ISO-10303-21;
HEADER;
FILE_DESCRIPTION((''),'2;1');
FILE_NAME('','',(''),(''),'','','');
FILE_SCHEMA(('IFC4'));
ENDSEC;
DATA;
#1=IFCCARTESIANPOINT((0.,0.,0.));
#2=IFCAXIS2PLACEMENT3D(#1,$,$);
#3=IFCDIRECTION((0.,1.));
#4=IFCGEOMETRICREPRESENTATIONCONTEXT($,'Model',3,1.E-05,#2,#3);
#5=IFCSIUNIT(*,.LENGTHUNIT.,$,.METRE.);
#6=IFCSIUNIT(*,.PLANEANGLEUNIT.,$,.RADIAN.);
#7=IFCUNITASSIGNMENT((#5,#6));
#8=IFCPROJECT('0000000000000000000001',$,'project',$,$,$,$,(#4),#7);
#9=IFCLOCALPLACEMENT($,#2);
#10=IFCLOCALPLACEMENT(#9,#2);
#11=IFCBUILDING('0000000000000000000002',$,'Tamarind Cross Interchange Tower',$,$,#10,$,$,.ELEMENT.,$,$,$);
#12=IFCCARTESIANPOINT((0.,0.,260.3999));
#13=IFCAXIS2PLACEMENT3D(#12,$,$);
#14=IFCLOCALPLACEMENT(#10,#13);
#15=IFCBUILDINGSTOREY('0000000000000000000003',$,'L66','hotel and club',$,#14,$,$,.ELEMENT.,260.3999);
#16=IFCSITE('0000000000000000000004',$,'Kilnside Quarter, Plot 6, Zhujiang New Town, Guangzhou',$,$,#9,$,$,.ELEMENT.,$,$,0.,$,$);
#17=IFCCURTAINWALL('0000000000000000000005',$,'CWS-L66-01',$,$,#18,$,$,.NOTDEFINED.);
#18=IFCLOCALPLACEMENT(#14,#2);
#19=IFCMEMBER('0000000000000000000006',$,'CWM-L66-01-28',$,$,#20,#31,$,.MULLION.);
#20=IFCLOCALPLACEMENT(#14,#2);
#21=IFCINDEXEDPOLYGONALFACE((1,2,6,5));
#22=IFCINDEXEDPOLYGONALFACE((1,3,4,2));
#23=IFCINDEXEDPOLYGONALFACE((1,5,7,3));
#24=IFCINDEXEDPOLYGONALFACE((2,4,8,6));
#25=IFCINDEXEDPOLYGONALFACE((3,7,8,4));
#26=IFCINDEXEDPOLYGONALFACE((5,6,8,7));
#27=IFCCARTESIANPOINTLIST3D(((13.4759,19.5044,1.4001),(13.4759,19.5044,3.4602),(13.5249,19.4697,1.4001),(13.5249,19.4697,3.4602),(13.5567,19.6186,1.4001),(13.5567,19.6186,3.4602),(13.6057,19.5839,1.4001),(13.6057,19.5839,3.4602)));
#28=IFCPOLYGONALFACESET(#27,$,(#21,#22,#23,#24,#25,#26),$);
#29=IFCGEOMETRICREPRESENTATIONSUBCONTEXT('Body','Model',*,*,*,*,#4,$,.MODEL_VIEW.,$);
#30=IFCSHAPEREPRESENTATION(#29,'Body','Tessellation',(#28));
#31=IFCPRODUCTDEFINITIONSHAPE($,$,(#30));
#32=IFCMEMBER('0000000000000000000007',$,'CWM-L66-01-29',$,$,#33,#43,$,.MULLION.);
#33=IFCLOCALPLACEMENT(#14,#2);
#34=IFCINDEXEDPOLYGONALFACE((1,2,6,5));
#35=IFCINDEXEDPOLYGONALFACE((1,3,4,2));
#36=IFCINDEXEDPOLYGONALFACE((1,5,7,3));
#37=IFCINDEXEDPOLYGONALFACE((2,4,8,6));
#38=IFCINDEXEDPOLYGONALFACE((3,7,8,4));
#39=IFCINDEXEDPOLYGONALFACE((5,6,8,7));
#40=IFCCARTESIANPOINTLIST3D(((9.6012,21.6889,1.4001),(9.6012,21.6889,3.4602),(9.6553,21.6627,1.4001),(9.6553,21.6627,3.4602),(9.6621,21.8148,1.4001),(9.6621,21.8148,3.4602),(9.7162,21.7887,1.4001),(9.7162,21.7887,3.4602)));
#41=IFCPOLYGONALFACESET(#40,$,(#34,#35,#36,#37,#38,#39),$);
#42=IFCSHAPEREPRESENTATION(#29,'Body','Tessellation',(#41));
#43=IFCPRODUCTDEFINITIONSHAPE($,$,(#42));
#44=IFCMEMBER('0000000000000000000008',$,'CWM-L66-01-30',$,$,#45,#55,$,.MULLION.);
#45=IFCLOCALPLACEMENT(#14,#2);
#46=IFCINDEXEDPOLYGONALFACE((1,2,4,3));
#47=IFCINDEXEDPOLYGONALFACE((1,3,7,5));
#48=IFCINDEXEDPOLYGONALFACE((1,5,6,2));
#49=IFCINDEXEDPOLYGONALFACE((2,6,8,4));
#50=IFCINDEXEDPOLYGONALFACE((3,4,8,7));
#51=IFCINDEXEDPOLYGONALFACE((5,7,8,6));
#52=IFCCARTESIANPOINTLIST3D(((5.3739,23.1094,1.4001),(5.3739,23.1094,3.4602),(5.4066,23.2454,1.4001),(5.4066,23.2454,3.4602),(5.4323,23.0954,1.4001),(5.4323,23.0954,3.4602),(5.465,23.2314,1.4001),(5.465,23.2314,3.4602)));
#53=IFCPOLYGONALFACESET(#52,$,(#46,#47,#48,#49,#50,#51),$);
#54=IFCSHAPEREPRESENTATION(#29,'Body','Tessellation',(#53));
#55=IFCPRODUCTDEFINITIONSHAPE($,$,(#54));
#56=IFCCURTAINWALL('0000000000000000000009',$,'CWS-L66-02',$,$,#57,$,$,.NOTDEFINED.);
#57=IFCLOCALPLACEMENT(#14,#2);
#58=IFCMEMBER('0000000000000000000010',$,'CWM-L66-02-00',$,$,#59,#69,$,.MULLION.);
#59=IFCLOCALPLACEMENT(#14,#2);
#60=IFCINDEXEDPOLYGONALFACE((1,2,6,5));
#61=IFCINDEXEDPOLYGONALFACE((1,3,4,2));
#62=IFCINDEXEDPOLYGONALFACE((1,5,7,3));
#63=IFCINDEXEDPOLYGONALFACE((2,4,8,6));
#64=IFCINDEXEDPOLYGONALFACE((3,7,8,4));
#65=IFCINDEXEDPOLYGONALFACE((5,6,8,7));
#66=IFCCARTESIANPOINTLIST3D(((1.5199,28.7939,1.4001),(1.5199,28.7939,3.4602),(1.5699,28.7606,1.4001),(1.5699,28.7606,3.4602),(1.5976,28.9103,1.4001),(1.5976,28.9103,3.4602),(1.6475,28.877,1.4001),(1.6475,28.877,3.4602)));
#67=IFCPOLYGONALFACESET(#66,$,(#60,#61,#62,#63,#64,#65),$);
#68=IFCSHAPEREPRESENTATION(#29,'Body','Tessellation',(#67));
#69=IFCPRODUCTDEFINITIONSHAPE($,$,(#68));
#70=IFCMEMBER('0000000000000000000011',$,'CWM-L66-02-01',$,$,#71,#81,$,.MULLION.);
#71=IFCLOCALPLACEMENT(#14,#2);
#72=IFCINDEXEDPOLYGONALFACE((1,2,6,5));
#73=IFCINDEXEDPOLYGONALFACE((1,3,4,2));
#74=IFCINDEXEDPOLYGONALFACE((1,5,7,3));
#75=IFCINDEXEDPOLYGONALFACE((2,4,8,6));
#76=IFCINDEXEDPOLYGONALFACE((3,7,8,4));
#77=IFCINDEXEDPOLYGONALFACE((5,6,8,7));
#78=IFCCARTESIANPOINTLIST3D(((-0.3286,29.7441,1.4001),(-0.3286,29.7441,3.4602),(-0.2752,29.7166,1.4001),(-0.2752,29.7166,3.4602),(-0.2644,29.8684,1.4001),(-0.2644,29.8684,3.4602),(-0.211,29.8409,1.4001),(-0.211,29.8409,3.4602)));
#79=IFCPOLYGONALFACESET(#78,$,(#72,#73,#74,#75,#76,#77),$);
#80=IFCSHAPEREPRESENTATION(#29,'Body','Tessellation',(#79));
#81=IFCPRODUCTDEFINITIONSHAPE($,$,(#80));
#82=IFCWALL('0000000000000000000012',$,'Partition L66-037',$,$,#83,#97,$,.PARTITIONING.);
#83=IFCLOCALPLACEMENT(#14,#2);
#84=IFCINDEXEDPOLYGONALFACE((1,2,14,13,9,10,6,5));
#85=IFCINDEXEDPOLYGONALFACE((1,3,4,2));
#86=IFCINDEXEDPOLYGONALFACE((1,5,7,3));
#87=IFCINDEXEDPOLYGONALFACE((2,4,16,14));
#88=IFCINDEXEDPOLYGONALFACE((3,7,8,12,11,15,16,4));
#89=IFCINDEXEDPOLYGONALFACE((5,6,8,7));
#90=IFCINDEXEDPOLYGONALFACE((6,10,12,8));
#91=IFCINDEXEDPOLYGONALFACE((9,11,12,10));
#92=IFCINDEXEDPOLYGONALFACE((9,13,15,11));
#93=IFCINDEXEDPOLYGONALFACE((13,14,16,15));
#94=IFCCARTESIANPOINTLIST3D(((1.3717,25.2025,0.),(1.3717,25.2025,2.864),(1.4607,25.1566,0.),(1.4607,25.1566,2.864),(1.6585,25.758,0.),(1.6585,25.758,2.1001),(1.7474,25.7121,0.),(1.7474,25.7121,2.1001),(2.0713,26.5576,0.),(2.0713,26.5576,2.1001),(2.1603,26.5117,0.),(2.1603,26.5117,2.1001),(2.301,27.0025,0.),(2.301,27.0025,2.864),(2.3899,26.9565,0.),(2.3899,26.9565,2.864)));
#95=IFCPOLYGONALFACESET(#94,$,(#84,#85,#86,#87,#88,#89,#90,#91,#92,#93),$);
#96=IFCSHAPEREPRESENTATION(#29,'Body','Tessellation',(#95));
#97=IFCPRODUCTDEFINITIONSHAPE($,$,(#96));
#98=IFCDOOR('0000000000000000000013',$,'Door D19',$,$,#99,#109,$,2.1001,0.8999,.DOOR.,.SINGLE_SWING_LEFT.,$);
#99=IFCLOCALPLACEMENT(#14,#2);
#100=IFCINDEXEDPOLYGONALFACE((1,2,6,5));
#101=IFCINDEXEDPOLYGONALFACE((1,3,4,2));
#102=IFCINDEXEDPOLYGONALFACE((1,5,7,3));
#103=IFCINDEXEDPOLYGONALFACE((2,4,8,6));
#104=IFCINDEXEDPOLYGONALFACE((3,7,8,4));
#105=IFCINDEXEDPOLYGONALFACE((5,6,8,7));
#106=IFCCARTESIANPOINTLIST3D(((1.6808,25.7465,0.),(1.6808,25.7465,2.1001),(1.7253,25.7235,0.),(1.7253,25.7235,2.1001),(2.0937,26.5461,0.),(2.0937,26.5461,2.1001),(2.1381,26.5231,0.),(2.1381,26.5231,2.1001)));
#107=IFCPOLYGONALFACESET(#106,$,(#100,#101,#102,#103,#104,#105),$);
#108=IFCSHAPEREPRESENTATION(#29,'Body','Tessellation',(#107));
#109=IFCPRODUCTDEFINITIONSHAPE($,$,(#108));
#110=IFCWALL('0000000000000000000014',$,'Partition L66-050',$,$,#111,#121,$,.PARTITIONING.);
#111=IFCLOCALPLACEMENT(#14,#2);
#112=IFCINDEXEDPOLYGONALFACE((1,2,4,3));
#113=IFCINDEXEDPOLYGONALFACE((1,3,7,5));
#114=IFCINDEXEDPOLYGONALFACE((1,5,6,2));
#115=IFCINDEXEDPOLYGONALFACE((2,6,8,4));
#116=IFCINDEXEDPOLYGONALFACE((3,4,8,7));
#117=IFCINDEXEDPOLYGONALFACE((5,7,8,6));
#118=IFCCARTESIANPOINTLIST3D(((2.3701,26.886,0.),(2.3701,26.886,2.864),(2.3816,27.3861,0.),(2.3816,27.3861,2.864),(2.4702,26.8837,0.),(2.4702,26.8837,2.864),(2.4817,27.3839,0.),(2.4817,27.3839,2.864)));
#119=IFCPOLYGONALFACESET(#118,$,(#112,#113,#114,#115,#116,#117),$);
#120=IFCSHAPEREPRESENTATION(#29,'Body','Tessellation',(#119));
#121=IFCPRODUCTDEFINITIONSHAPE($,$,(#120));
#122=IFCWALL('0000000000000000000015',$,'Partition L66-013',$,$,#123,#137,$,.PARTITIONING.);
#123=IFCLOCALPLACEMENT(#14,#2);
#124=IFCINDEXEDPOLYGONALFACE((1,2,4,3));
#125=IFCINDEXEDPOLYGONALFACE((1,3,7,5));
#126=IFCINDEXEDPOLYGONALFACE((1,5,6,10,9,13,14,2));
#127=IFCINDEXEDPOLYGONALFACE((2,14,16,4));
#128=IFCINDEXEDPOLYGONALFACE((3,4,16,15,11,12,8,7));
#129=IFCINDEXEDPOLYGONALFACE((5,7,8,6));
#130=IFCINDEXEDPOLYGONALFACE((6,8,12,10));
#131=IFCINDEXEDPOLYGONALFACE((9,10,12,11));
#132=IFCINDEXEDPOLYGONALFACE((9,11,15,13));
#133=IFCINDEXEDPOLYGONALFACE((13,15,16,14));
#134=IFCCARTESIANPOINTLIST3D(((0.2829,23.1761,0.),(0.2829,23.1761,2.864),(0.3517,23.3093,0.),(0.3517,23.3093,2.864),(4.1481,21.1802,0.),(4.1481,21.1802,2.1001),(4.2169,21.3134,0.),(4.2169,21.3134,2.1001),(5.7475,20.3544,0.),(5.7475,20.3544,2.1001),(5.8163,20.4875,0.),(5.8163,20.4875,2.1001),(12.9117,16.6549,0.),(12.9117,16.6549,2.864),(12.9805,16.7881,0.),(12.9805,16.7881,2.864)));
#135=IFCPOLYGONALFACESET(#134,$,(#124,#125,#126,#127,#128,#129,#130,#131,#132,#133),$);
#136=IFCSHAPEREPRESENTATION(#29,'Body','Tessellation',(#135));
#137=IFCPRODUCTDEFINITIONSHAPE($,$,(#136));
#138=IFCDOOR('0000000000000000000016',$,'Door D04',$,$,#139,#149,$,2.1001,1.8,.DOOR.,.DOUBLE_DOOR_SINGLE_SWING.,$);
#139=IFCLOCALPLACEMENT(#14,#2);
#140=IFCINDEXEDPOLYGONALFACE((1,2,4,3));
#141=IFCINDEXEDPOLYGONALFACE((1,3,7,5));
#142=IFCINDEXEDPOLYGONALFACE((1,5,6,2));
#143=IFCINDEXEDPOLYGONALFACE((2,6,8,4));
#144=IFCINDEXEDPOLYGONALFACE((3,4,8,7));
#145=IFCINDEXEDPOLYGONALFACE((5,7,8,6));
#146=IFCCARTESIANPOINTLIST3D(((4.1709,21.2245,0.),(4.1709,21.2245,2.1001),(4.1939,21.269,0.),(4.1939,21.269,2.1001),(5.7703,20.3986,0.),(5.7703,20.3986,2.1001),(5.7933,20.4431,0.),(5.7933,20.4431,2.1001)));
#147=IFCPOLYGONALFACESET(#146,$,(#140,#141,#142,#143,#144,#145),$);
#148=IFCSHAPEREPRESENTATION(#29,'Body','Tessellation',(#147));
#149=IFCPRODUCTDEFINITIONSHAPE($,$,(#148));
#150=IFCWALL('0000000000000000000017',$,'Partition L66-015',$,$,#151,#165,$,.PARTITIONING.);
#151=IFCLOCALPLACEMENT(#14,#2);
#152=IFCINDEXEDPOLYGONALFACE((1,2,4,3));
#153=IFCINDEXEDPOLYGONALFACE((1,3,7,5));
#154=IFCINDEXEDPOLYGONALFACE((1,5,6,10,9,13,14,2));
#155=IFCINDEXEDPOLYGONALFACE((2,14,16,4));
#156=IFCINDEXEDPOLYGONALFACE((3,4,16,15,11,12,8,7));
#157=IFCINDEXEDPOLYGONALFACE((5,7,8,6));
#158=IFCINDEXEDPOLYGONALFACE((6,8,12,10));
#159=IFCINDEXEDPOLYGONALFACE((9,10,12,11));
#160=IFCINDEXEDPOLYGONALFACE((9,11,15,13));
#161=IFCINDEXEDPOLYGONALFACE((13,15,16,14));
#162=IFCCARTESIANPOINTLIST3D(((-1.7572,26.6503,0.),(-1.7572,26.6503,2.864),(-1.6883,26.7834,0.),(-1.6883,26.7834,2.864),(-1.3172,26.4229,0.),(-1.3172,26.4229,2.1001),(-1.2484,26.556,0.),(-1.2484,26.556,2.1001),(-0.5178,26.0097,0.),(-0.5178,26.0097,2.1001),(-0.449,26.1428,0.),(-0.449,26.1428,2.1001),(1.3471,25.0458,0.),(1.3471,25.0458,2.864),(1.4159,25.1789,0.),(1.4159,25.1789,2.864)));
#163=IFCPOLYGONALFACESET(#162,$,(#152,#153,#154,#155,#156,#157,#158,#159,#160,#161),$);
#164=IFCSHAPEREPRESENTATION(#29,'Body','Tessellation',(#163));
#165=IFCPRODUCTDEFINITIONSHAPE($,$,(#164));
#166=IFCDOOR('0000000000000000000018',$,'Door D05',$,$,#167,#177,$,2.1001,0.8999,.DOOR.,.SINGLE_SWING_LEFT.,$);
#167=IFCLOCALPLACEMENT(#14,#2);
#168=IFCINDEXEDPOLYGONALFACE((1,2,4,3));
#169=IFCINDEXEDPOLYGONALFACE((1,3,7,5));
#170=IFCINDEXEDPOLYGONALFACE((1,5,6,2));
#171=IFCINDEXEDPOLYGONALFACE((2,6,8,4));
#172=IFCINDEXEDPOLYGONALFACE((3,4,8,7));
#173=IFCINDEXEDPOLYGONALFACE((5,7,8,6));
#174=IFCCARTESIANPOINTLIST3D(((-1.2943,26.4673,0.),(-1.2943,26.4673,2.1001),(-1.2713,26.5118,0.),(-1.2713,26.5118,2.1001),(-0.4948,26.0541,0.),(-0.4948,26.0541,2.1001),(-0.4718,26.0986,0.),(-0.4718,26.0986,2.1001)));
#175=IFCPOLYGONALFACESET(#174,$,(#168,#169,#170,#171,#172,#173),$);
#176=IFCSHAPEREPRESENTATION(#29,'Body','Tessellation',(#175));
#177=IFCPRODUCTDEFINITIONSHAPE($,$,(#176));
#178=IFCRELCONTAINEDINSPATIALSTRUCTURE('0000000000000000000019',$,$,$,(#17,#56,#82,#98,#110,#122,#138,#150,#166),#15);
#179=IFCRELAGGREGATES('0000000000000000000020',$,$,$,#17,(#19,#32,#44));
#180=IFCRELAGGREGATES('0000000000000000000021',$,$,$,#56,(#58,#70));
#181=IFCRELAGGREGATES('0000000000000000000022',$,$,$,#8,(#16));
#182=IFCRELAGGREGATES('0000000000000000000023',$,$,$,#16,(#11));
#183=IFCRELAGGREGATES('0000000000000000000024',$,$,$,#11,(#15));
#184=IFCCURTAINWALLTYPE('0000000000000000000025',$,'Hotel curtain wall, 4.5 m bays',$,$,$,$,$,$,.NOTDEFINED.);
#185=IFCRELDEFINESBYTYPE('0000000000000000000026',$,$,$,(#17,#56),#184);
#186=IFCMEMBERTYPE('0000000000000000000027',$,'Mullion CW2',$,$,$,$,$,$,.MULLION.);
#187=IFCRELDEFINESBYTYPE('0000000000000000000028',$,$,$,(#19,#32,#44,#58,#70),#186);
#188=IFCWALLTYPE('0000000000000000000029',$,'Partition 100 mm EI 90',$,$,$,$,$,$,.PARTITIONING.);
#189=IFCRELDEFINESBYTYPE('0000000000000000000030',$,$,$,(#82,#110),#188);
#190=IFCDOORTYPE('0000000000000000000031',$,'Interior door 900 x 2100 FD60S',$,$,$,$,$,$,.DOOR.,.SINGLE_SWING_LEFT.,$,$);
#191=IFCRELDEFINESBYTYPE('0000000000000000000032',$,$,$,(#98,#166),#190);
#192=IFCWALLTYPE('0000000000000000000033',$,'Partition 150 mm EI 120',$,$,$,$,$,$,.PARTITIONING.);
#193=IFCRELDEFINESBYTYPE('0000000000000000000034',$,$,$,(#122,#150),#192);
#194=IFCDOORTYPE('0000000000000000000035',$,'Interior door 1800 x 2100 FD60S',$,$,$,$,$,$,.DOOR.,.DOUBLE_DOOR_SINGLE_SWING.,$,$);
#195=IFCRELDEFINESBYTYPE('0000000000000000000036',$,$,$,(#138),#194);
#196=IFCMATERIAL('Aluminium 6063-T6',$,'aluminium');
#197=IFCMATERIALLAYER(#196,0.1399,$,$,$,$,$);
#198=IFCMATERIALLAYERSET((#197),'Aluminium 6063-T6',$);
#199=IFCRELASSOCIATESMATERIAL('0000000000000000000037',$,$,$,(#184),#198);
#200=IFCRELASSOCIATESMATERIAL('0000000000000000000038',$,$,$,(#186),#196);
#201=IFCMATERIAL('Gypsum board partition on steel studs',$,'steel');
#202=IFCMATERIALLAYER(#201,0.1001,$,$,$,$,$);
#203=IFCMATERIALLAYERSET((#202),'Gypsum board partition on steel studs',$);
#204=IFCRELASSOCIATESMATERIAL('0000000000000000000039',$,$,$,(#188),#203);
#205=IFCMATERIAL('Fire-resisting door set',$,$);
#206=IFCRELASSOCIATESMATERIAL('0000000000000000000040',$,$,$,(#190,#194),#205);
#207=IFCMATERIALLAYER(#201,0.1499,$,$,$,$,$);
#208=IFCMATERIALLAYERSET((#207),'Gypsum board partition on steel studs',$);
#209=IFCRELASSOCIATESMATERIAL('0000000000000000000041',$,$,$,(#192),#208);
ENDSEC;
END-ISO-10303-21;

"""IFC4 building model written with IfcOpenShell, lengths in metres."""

from ifc_helpers import new_model, si_unit, direction, frame, frame_2d, origin, origin_2d, place, context, subcontext, project, spatial, rectangle, extrude, material, layer, layer_set, material_profile, profile_set, type_object, element, fill, aggregate, save


model = new_model("IFC4")

# Units and contexts
model_context = context("Model", 3, precision=1e-05, world=origin(), true_north=direction((0.0, 1.0)))
body_context = subcontext(model_context, "Body", "Model", "MODEL_VIEW")
ifc_project = project(units=[si_unit("LENGTHUNIT", "METRE"), si_unit("PLANEANGLEUNIT", "RADIAN")], contexts=[model_context])

# Site, building, storey
site_placement = place(None, origin())
site = spatial("IfcSite", under=ifc_project, at=site_placement, Name="Kilnside Quarter, Plot 6, Zhujiang New Town, Guangzhou", CompositionType="ELEMENT", RefElevation=0.0)
building_placement = place(site_placement, origin())
building = spatial("IfcBuilding", under=site, at=building_placement, Name="Tamarind Cross Interchange Tower", CompositionType="ELEMENT")
storey_placement = place(building_placement, frame((0.0, 0.0, 260.3999)))
storey = spatial("IfcBuildingStorey", under=building, at=storey_placement, Name="L66", Description="hotel and club", CompositionType="ELEMENT", Elevation=260.3999)

# Curtain walls, members
ifc_material_1 = material(Name="Aluminium 6063-T6", Category="aluminium")
ifc_layer_1 = layer(ifc_material_1, 0.1399)
ifc_layer_set_1 = layer_set([ifc_layer_1], Name="Aluminium 6063-T6")
curtain_wall_type = type_object("IfcCurtainWallType", Name="Hotel curtain wall, 4.5 m bays", PredefinedType="NOTDEFINED", material=ifc_layer_set_1)
curtain_wall_1_placement = place(storey_placement, origin())
curtain_wall_1 = element("IfcCurtainWall", 1, at=curtain_wall_1_placement, inside=storey, type_object=curtain_wall_type, Name="CWS-L66-01", PredefinedType="NOTDEFINED")
ifc_material_profile_1 = material_profile(ifc_material_1, rectangle(XDim=0.0601, YDim=0.1399, at=origin_2d()), Name="Mullion CW2")
ifc_profile_set_1 = profile_set([ifc_material_profile_1], Name="Aluminium 6063-T6")
member_type = type_object("IfcMemberType", Name="Mullion CW2", PredefinedType="MULLION", material=ifc_profile_set_1)
member_1_placement = place(storey_placement, frame((13.5408, 19.5442, 1.4001), z_axis=(0.0, 0.0, 1.0), x_axis=(-0.816342, 0.577569, 0.0)))
member_1 = element("IfcMember", 2, at=member_1_placement, type_object=member_type, Name="CWM-L66-01-28", PredefinedType="MULLION", context=body_context, shape_type="SweptSolid", body=[
    extrude(rectangle(XDim=0.0601, YDim=0.1399, at=origin_2d()), origin(), (0.0, 0.0, 1.0), 2.0601),
])
member_2_placement = place(storey_placement, frame((9.6587, 21.7388, 1.4001), z_axis=(0.0, 0.0, 1.0), x_axis=(-0.900273, 0.435326, 0.0)))
member_2 = element("IfcMember", 3, at=member_2_placement, type_object=member_type, Name="CWM-L66-01-29", PredefinedType="MULLION", context=body_context, shape_type="SweptSolid", body=[
    extrude(rectangle(XDim=0.0601, YDim=0.1399, at=origin_2d()), origin(), (0.0, 0.0, 1.0), 2.0601),
])
member_3_placement = place(storey_placement, frame((5.4194, 23.1704, 1.4001), z_axis=(0.0, 0.0, 1.0), x_axis=(-0.972274, 0.233846, 0.0)))
member_3 = element("IfcMember", 4, at=member_3_placement, type_object=member_type, Name="CWM-L66-01-30", PredefinedType="MULLION", context=body_context, shape_type="SweptSolid", body=[
    extrude(rectangle(XDim=0.0601, YDim=0.1399, at=origin_2d()), origin(), (0.0, 0.0, 1.0), 2.0601),
])
aggregate(curtain_wall_1, [member_1, member_2, member_3])
curtain_wall_2_placement = place(storey_placement, origin())
curtain_wall_2 = element("IfcCurtainWall", 5, at=curtain_wall_2_placement, inside=storey, type_object=curtain_wall_type, Name="CWS-L66-02", PredefinedType="NOTDEFINED")
member_4_placement = place(storey_placement, frame((1.5837, 28.8354, 1.4001), z_axis=(0.0, 0.0, 1.0), x_axis=(-0.831825, 0.555038, 0.0)))
member_4 = element("IfcMember", 6, at=member_4_placement, type_object=member_type, Name="CWM-L66-02-00", PredefinedType="MULLION", context=body_context, shape_type="SweptSolid", body=[
    extrude(rectangle(XDim=0.0601, YDim=0.1399, at=origin_2d()), origin(), (0.0, 0.0, 1.0), 2.0601),
])
member_5_placement = place(storey_placement, frame((-0.2698, 29.7925, 1.4001), z_axis=(0.0, 0.0, 1.0), x_axis=(-0.888521, 0.458836, 0.0)))
member_5 = element("IfcMember", 7, at=member_5_placement, type_object=member_type, Name="CWM-L66-02-01", PredefinedType="MULLION", context=body_context, shape_type="SweptSolid", body=[
    extrude(rectangle(XDim=0.0601, YDim=0.1399, at=origin_2d()), origin(), (0.0, 0.0, 1.0), 2.0601),
])
aggregate(curtain_wall_2, [member_4, member_5])

# Wall, opening, door
ifc_material_2 = material(Name="Gypsum board partition on steel studs", Category="steel")
ifc_layer_2 = layer(ifc_material_2, 0.1001)
ifc_layer_set_2 = layer_set([ifc_layer_2], Name="Gypsum board partition on steel studs")
wall_type_1 = type_object("IfcWallType", Name="Partition 100 mm EI 90", PredefinedType="PARTITIONING", material=ifc_layer_set_2)
wall_1_placement = place(storey_placement, frame((1.4163, 25.1797, 0.0), z_axis=(0.0, 0.0, 1.0), x_axis=(0.458747, 0.888567, 0.0)))
wall_1 = element("IfcWall", 8, at=wall_1_placement, inside=storey, type_object=wall_type_1, Name="Partition L66-037", PredefinedType="PARTITIONING", context=body_context, shape_type="SweptSolid", body=[
    extrude(rectangle(XDim=2.0256, YDim=0.1001, at=frame_2d((1.0127, 0.0))), origin(), (0.0, 0.0, 1.0), 2.864),
])
opening_1_placement = place(wall_1_placement, frame((0.625, 0.0, 0.0)))
opening_1 = element("IfcOpeningElement", 9, at=opening_1_placement, cuts=wall_1, PredefinedType="OPENING", context=body_context, shape_type="SweptSolid", body=[
    extrude(rectangle(XDim=0.8999, YDim=2.1001, at=frame_2d((0.45, 1.05))), frame((0.0, 0.0601, 0.0), z_axis=(0.0, -1.0, 0.0), x_axis=(1.0, 0.0, 0.0)), (0.0, 0.0, 1.0), 0.1201),
])
ifc_material_3 = material(Name="Fire-resisting door set")
door_type_1 = type_object("IfcDoorType", Name="Interior door 900 x 2100 FD60S", OperationType="SINGLE_SWING_LEFT", PredefinedType="DOOR", material=ifc_material_3)
door_1_placement = place(opening_1_placement, origin())
door_1 = element("IfcDoor", 10, at=door_1_placement, inside=storey, type_object=door_type_1, Name="Door D19", OperationType="SINGLE_SWING_LEFT", OverallHeight=2.1001, OverallWidth=0.8999, PredefinedType="DOOR", context=body_context, shape_type="SweptSolid", body=[
    extrude(rectangle(XDim=0.8999, YDim=2.1001, at=frame_2d((0.45, 1.05))), frame((0.0, 0.0249, 0.0), z_axis=(0.0, -1.0, 0.0), x_axis=(1.0, 0.0, 0.0)), (0.0, 0.0, 1.0), 0.05),
])
fill(opening_1, door_1)

# Wall
wall_2_placement = place(storey_placement, frame((2.4202, 26.885, 0.0), z_axis=(0.0, 0.0, 1.0), x_axis=(0.022943, 0.999737, 0.0)))
element("IfcWall", 11, at=wall_2_placement, inside=storey, type_object=wall_type_1, Name="Partition L66-050", PredefinedType="PARTITIONING", context=body_context, shape_type="SweptSolid", body=[
    extrude(rectangle(XDim=0.5002, YDim=0.1001, at=frame_2d((0.25, 0.0))), origin(), (0.0, 0.0, 1.0), 2.864),
])

# Walls, openings, doors
ifc_layer_3 = layer(ifc_material_2, 0.1499)
ifc_layer_set_3 = layer_set([ifc_layer_3], Name="Gypsum board partition on steel studs")
wall_type_2 = type_object("IfcWallType", Name="Partition 150 mm EI 120", PredefinedType="PARTITIONING", material=ifc_layer_set_3)
wall_3_placement = place(storey_placement, frame((0.3174, 23.2427, 0.0), z_axis=(0.0, 0.0, 1.0), x_axis=(0.888532, -0.458815, 0.0)))
wall_3 = element("IfcWall", 12, at=wall_3_placement, inside=storey, type_object=wall_type_2, Name="Partition L66-013", PredefinedType="PARTITIONING", context=body_context, shape_type="SweptSolid", body=[
    extrude(rectangle(XDim=14.2131, YDim=0.1499, at=frame_2d((7.1064, 0.0))), origin(), (0.0, 0.0, 1.0), 2.864),
])
opening_2_placement = place(wall_3_placement, frame((4.3501, 0.0, 0.0)))
opening_2 = element("IfcOpeningElement", 13, at=opening_2_placement, cuts=wall_3, PredefinedType="OPENING", context=body_context, shape_type="SweptSolid", body=[
    extrude(rectangle(XDim=1.8, YDim=2.1001, at=frame_2d((0.8999, 1.05))), frame((0.0, 0.085, 0.0), z_axis=(0.0, -1.0, 0.0), x_axis=(1.0, 0.0, 0.0)), (0.0, 0.0, 1.0), 0.1699),
])
door_type_2 = type_object("IfcDoorType", Name="Interior door 1800 x 2100 FD60S", OperationType="DOUBLE_DOOR_SINGLE_SWING", PredefinedType="DOOR", material=ifc_material_3)
door_2_placement = place(opening_2_placement, origin())
door_2 = element("IfcDoor", 14, at=door_2_placement, inside=storey, type_object=door_type_2, Name="Door D04", OperationType="DOUBLE_DOOR_SINGLE_SWING", OverallHeight=2.1001, OverallWidth=1.8, PredefinedType="DOOR", context=body_context, shape_type="SweptSolid", body=[
    extrude(rectangle(XDim=1.8, YDim=2.1001, at=frame_2d((0.8999, 1.05))), frame((0.0, 0.0249, 0.0), z_axis=(0.0, -1.0, 0.0), x_axis=(1.0, 0.0, 0.0)), (0.0, 0.0, 1.0), 0.05),
])
fill(opening_2, door_2)
wall_4_placement = place(storey_placement, frame((-1.7227, 26.7168, 0.0), z_axis=(0.0, 0.0, 1.0), x_axis=(0.888352, -0.459163, 0.0)))
wall_4 = element("IfcWall", 15, at=wall_4_placement, inside=storey, type_object=wall_type_2, Name="Partition L66-015", PredefinedType="PARTITIONING", context=body_context, shape_type="SweptSolid", body=[
    extrude(rectangle(XDim=3.4944, YDim=0.1499, at=frame_2d((1.7471, 0.0))), origin(), (0.0, 0.0, 1.0), 2.864),
])
opening_3_placement = place(wall_4_placement, frame((0.4951, 0.0, 0.0)))
opening_3 = element("IfcOpeningElement", 16, at=opening_3_placement, cuts=wall_4, PredefinedType="OPENING", context=body_context, shape_type="SweptSolid", body=[
    extrude(rectangle(XDim=0.8999, YDim=2.1001, at=frame_2d((0.45, 1.05))), frame((0.0, 0.085, 0.0), z_axis=(0.0, -1.0, 0.0), x_axis=(1.0, 0.0, 0.0)), (0.0, 0.0, 1.0), 0.1699),
])
door_3_placement = place(opening_3_placement, frame((0.8999, 0.0, 0.0), z_axis=(0.0, 0.0, 1.0), x_axis=(-1.0, 0.0, 0.0)))
door_3 = element("IfcDoor", 17, at=door_3_placement, inside=storey, type_object=door_type_1, Name="Door D05", OperationType="SINGLE_SWING_LEFT", OverallHeight=2.1001, OverallWidth=0.8999, PredefinedType="DOOR", context=body_context, shape_type="SweptSolid", body=[
    extrude(rectangle(XDim=0.8999, YDim=2.1001, at=frame_2d((0.45, 1.05))), frame((0.0, 0.0249, 0.0), z_axis=(0.0, -1.0, 0.0), x_axis=(1.0, 0.0, 0.0)), (0.0, 0.0, 1.0), 0.05),
])
fill(opening_3, door_3)

save(model, "model.ifc")
